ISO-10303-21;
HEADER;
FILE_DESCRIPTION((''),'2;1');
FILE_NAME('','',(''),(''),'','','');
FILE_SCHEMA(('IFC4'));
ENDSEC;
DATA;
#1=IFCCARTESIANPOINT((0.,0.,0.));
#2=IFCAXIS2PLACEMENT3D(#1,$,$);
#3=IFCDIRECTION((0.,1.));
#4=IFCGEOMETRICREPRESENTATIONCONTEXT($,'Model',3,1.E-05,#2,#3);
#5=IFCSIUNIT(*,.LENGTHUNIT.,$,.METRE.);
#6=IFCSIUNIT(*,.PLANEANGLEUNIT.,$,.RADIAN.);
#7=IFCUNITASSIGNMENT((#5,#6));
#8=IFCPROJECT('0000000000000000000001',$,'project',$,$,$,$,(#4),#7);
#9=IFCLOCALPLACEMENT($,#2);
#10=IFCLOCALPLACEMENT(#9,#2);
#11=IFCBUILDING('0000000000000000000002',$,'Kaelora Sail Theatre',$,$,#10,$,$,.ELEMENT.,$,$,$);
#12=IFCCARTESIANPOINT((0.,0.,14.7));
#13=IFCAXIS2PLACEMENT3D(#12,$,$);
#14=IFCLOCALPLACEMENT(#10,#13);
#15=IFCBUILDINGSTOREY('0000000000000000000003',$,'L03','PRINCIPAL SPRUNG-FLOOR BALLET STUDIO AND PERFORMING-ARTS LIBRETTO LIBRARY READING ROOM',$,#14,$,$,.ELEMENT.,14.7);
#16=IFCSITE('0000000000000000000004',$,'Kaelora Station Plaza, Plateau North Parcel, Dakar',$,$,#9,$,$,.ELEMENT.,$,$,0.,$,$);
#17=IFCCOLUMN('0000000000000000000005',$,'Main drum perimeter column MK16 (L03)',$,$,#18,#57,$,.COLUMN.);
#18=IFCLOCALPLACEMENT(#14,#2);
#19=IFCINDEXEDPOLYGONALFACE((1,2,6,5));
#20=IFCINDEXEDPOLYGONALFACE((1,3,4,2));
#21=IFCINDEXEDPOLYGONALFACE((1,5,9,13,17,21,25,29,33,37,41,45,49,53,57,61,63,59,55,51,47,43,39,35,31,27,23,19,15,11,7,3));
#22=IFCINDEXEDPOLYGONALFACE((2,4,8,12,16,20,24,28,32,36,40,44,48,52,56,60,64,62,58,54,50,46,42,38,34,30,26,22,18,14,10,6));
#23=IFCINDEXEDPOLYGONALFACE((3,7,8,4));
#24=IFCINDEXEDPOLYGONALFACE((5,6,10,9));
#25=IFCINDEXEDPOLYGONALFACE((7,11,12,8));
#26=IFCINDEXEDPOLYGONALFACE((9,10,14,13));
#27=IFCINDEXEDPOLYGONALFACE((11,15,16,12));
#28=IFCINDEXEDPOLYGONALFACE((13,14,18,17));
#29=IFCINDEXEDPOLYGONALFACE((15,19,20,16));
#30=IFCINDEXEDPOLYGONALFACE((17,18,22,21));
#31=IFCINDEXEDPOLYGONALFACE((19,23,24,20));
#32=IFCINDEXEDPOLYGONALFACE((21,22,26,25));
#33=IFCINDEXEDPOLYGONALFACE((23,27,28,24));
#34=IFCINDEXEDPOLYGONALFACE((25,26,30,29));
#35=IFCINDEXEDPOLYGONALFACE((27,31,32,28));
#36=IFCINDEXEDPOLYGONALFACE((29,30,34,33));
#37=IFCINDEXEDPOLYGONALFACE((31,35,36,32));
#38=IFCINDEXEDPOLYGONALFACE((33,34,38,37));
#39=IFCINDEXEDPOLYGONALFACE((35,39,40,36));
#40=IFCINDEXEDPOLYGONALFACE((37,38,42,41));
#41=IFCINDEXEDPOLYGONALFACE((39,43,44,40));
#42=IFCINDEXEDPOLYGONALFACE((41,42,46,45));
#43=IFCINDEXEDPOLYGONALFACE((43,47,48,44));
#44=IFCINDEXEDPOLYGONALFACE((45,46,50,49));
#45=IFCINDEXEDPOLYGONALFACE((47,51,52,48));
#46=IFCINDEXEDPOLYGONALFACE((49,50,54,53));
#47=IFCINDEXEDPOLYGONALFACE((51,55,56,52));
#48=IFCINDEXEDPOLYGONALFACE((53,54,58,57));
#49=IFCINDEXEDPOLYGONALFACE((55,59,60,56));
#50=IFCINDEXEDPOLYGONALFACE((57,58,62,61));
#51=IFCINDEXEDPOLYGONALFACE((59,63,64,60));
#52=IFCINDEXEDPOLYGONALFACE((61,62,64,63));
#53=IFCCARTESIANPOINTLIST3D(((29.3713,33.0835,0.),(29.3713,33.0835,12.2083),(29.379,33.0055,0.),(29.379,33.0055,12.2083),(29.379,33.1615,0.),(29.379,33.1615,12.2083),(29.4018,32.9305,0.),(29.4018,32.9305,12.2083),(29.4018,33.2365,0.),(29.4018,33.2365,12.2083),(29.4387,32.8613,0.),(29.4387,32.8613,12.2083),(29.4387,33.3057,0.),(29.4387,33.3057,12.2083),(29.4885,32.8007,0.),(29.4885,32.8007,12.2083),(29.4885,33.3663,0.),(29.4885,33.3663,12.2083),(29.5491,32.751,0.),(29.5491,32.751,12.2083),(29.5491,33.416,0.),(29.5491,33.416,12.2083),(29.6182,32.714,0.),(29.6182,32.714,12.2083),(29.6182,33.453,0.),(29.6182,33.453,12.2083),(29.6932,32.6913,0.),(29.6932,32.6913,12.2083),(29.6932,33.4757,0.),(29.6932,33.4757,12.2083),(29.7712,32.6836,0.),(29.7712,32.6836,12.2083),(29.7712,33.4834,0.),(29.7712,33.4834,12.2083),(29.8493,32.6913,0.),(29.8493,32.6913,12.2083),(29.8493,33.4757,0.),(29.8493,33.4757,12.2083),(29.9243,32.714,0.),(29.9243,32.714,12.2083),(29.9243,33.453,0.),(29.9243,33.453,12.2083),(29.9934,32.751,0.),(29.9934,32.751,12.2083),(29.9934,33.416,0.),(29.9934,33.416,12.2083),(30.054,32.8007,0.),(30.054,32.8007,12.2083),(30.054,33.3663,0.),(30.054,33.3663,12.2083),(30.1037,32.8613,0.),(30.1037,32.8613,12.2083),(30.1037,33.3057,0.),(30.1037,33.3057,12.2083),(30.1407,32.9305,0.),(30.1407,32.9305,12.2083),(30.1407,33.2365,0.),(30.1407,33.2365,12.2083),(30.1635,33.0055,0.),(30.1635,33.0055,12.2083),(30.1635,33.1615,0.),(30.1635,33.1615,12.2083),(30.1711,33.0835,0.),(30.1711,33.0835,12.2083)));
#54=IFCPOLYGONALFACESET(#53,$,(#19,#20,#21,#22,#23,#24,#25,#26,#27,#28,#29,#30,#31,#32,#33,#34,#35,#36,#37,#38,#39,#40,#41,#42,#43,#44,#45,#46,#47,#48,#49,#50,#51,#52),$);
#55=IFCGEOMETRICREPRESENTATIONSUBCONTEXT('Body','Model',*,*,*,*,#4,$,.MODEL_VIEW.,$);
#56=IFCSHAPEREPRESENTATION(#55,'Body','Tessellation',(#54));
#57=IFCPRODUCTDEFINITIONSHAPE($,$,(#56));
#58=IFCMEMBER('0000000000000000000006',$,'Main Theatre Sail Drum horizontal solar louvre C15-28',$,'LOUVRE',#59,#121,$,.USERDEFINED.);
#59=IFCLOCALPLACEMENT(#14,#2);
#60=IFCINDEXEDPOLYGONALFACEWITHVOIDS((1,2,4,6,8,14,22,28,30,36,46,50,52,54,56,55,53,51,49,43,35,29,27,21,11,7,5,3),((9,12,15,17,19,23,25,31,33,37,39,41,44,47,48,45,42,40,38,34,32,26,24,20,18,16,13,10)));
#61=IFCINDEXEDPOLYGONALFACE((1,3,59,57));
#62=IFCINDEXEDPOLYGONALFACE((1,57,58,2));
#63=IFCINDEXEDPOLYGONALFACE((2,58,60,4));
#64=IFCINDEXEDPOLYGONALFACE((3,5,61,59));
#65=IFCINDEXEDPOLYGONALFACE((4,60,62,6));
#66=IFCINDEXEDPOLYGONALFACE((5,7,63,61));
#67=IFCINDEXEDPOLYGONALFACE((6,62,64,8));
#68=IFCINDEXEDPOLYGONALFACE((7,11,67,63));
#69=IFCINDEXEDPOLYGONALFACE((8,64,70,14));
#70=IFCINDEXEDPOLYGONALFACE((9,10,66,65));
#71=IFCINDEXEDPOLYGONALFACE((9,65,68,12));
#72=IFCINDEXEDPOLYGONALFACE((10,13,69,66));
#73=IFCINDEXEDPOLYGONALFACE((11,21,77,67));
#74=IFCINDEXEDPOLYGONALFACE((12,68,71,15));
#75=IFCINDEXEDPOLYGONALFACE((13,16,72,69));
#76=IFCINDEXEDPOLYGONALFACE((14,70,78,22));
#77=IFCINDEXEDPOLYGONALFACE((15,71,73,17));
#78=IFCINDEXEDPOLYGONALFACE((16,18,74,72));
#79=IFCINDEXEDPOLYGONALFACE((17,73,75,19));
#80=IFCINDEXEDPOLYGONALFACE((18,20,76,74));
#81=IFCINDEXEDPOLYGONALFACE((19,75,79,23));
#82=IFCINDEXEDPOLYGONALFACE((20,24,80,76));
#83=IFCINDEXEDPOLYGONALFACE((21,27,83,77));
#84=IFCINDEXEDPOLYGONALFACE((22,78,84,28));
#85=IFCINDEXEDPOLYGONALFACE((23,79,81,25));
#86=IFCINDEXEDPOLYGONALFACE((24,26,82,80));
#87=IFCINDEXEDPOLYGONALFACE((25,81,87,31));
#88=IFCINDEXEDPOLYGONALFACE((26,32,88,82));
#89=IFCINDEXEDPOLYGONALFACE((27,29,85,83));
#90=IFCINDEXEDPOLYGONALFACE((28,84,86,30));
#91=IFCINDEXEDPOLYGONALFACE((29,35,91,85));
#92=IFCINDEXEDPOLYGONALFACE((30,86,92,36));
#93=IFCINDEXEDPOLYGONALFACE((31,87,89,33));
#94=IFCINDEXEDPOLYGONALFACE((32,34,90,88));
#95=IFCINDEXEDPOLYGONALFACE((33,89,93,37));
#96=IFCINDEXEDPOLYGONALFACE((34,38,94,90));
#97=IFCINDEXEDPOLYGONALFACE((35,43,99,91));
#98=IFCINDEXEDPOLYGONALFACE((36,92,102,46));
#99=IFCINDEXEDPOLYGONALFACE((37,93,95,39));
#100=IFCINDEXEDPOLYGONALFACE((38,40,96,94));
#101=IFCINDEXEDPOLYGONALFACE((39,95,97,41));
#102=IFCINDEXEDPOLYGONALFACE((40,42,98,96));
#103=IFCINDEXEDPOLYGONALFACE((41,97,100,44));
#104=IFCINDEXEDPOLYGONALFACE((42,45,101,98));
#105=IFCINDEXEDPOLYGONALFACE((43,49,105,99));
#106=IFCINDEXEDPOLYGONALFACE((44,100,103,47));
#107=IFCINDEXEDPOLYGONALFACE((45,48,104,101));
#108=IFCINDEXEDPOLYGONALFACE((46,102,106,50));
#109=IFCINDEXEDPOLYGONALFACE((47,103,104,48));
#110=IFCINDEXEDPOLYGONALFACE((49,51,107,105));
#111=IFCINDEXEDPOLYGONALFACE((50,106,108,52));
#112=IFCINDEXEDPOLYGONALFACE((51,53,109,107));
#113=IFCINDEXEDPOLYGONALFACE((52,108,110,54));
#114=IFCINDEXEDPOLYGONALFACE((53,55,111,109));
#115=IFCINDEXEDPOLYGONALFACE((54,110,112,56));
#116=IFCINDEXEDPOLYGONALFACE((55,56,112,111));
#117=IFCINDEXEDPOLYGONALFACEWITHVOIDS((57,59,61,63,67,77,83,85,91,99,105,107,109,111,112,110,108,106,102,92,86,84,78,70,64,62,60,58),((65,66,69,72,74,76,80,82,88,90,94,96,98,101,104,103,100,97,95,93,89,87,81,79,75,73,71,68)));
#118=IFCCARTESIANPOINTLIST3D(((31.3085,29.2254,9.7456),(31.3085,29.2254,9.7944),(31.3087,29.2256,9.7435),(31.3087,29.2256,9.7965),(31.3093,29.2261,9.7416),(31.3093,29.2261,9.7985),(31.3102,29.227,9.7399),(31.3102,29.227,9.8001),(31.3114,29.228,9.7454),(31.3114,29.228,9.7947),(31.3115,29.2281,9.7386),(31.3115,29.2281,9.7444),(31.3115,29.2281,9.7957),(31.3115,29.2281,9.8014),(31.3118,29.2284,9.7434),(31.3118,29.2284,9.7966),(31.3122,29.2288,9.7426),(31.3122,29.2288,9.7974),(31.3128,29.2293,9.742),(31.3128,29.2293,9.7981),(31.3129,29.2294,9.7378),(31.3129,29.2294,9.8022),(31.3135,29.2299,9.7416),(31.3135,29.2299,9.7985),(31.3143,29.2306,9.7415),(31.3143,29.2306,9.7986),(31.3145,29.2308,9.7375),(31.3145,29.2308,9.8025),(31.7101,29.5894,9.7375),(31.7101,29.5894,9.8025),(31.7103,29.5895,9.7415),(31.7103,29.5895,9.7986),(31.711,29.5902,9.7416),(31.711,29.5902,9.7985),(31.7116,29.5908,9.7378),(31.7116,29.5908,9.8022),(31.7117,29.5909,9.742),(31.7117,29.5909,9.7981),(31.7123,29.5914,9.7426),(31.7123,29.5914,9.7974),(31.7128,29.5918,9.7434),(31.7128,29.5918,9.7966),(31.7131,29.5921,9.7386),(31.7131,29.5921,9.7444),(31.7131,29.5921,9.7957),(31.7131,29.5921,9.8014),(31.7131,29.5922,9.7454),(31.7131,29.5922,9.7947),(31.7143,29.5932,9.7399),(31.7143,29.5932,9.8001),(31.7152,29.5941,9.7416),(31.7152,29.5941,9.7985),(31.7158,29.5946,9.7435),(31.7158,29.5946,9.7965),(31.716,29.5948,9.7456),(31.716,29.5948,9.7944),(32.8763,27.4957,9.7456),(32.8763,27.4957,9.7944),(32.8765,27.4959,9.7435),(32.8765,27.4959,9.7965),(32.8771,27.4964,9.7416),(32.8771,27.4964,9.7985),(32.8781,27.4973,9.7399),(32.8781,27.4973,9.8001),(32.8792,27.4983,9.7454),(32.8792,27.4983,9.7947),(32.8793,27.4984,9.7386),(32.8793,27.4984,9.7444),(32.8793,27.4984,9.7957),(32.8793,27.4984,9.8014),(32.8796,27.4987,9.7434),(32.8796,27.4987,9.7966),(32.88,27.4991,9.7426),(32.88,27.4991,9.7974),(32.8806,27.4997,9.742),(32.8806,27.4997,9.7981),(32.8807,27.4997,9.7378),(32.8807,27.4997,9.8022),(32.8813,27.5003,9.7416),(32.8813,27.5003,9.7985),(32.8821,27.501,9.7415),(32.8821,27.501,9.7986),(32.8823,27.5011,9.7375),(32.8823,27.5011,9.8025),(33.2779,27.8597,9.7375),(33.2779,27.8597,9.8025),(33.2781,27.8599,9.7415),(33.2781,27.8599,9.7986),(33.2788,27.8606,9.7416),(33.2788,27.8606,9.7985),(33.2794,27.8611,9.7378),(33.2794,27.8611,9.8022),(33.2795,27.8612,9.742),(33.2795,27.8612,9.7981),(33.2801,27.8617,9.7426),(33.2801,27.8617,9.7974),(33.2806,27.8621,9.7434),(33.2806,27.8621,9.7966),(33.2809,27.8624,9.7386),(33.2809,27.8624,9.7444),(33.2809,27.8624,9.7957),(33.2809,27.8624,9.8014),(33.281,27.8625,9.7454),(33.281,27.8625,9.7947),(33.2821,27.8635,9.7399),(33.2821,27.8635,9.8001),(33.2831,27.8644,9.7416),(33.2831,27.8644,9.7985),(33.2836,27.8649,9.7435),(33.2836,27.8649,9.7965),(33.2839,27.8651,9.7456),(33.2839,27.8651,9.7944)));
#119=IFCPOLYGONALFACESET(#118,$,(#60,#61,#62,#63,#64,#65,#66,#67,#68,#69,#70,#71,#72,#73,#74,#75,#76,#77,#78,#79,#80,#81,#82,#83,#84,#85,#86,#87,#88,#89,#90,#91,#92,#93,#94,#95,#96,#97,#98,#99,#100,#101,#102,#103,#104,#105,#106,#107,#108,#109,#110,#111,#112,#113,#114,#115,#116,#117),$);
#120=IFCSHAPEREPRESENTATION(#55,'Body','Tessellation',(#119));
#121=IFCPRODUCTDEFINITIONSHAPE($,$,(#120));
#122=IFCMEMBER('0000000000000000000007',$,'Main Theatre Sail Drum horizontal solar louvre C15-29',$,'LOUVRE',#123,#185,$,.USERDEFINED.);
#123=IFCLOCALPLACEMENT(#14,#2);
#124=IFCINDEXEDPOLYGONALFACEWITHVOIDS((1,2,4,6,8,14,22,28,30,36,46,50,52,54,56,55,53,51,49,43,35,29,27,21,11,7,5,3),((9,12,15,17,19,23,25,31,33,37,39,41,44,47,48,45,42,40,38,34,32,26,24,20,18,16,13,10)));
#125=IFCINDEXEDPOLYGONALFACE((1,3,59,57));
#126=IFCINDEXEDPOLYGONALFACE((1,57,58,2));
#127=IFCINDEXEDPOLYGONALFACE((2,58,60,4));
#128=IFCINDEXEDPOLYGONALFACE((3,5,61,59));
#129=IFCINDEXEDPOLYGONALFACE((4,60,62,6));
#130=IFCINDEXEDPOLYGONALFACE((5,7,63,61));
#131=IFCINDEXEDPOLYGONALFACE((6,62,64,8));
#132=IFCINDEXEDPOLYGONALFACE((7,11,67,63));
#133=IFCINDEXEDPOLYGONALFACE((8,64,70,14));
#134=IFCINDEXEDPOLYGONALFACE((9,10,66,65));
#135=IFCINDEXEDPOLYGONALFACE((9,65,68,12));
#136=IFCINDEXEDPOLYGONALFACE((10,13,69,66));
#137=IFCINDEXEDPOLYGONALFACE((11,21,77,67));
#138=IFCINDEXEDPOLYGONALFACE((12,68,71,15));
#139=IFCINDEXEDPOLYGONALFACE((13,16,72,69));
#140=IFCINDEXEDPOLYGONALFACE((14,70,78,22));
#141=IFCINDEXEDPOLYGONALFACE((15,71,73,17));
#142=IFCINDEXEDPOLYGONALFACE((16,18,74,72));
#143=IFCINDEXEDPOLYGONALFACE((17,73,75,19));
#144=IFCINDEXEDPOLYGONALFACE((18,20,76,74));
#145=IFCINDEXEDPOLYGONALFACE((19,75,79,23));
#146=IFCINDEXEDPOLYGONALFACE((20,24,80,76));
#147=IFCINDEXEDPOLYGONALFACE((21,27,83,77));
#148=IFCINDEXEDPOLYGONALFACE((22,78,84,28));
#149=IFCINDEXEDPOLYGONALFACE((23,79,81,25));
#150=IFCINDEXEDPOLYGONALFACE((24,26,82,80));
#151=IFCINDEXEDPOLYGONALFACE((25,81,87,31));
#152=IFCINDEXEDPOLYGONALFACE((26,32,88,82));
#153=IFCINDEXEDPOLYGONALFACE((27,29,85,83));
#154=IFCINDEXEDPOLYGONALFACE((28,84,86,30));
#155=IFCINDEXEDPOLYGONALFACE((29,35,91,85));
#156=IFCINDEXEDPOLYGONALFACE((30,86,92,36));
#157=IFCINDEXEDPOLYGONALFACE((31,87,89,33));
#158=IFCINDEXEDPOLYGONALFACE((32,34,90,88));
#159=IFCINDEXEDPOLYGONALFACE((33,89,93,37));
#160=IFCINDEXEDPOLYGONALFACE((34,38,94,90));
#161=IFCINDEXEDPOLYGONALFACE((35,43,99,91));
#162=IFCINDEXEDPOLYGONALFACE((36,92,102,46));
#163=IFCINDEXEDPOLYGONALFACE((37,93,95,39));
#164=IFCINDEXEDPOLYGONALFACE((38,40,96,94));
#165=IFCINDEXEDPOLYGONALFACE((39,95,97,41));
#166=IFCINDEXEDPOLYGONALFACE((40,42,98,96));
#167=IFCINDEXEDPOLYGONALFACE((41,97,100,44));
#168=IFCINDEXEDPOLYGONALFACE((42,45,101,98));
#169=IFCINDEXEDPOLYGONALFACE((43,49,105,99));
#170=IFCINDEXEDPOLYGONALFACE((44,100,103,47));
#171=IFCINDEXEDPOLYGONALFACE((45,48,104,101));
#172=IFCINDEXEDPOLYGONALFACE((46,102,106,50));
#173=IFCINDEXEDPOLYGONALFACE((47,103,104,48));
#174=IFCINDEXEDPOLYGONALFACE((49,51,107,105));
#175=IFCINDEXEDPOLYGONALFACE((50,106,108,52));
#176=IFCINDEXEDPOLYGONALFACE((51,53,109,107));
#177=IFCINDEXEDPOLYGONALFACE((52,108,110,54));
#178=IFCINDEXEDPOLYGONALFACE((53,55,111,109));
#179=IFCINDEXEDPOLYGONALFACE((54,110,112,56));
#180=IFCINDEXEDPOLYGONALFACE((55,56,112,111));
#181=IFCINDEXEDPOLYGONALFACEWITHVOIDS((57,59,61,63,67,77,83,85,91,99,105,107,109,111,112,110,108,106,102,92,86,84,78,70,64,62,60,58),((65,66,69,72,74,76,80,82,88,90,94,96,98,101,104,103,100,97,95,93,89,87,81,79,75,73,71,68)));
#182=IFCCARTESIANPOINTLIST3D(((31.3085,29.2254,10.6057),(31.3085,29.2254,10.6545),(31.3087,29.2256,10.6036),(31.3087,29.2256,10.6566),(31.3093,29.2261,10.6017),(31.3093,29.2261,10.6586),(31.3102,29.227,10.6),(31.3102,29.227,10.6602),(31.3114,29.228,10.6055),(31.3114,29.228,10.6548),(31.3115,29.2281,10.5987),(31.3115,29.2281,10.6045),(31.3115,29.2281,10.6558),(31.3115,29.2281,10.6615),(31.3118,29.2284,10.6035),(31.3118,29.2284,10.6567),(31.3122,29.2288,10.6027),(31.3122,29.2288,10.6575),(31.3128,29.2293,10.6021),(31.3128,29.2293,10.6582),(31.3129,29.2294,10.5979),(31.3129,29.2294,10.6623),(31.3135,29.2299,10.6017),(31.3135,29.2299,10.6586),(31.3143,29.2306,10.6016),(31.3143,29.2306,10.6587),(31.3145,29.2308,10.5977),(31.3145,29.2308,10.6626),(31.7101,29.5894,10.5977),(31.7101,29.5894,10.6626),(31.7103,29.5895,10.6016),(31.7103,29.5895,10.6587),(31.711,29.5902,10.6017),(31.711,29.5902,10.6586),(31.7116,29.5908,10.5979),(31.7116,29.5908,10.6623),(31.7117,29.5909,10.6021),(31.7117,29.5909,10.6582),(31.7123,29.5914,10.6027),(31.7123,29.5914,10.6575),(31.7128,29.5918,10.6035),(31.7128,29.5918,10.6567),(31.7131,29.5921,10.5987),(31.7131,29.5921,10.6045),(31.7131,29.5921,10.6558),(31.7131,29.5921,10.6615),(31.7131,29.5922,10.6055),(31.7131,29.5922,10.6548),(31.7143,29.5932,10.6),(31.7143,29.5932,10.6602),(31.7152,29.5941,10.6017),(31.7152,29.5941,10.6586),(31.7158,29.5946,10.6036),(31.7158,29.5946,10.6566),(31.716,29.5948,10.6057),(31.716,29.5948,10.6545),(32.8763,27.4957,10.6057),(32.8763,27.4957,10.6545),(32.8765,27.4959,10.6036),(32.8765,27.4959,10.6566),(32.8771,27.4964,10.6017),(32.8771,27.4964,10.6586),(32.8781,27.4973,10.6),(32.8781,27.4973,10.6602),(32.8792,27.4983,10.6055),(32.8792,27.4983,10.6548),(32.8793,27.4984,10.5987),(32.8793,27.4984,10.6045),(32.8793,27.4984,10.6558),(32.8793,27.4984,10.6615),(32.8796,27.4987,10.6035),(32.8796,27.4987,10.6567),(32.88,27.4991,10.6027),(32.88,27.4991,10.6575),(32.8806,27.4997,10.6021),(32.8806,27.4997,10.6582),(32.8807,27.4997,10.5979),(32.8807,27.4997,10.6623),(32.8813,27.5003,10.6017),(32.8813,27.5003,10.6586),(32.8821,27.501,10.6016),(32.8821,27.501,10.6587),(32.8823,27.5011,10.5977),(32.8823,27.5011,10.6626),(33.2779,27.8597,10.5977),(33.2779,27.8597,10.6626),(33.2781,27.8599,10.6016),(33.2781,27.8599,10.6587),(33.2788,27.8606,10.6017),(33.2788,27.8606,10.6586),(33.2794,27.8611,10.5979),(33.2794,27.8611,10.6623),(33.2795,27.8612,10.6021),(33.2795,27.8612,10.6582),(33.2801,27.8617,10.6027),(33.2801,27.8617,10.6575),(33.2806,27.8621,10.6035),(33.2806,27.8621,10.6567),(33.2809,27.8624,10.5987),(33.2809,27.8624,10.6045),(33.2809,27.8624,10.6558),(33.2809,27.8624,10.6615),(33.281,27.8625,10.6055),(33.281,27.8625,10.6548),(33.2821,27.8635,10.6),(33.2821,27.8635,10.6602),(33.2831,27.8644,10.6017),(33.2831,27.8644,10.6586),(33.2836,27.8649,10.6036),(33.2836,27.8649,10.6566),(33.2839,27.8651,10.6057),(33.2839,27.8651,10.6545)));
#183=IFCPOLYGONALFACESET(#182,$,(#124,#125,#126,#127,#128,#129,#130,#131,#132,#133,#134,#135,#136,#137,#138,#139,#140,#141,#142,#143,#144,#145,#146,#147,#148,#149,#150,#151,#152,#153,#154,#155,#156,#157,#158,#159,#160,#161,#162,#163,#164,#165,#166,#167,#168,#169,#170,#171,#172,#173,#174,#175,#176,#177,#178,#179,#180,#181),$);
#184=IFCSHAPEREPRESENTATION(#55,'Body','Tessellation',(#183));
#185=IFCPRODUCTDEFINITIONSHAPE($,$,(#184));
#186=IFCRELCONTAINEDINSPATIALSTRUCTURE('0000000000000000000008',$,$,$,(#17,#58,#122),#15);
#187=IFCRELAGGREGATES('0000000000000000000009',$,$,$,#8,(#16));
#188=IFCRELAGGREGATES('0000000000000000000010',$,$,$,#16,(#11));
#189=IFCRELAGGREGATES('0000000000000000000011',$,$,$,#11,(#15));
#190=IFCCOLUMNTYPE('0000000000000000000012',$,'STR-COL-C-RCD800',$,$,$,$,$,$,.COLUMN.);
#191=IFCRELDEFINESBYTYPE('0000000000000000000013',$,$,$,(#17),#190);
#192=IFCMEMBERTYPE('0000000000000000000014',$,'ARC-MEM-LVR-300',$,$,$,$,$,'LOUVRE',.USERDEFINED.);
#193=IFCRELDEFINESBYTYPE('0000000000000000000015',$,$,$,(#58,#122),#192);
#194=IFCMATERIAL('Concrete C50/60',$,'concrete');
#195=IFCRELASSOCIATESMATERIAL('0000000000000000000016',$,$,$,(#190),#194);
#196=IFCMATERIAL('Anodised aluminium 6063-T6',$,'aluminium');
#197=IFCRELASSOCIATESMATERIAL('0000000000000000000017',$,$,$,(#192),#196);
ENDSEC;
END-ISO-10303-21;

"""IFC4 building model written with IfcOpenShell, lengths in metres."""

from ifc_helpers import new_model, si_unit, direction, frame, origin, origin_2d, place, context, subcontext, project, spatial, hollow_rectangle, circle, extrude, material, material_profile, profile_set, type_object, element, save


model = new_model("IFC4")

# Units and contexts
model_context = context("Model", 3, precision=1e-05, world=origin(), true_north=direction((0.0, 1.0)))
body_context = subcontext(model_context, "Body", "Model", "MODEL_VIEW")
ifc_project = project(units=[si_unit("LENGTHUNIT", "METRE"), si_unit("PLANEANGLEUNIT", "RADIAN")], contexts=[model_context])

# Site, building, storey
site_placement = place(None, origin())
site = spatial("IfcSite", under=ifc_project, at=site_placement, Name="Kaelora Station Plaza, Plateau North Parcel, Dakar", CompositionType="ELEMENT", RefElevation=0.0)
building_placement = place(site_placement, origin())
building = spatial("IfcBuilding", under=site, at=building_placement, Name="Kaelora Sail Theatre", CompositionType="ELEMENT")
storey_placement = place(building_placement, frame((0.0, 0.0, 14.7)))
storey = spatial("IfcBuildingStorey", under=building, at=storey_placement, Name="L03", Description="PRINCIPAL SPRUNG-FLOOR BALLET STUDIO AND PERFORMING-ARTS LIBRETTO LIBRARY READING ROOM", CompositionType="ELEMENT", Elevation=14.7)

# Column
ifc_material_1 = material(Name="Concrete C50/60", Category="concrete")
ifc_material_profile_1 = material_profile(ifc_material_1, circle(Radius=0.3999, at=origin_2d()), Name="RC-CCOL D800")
ifc_profile_set_1 = profile_set([ifc_material_profile_1], Name="Concrete C50/60")
column_type = type_object("IfcColumnType", Name="STR-COL-C-RCD800", PredefinedType="COLUMN", material=ifc_profile_set_1)
column_placement = place(storey_placement, frame((29.7712, 33.0835, 0.0), z_axis=(0.0, 0.0, 1.0), x_axis=(1.0, 0.0, 0.0)))
element("IfcColumn", 1, at=column_placement, inside=storey, type_object=column_type, Name="Main drum perimeter column MK16 (L03)", PredefinedType="COLUMN", context=body_context, shape_type="SweptSolid", body=[
    extrude(circle(Radius=0.3999, at=origin_2d()), origin(), (0.0, 0.0, 1.0), 12.2083),
])

# Members
ifc_material_2 = material(Name="Anodised aluminium 6063-T6", Category="aluminium")
ifc_material_profile_2 = material_profile(ifc_material_2, hollow_rectangle(XDim=0.55, YDim=0.0649, WallThickness=0.0039, InnerFilletRadius=0.0039, OuterFilletRadius=0.0081, at=origin_2d()), Name="LOUVRE 550x65x4")
ifc_profile_set_2 = profile_set([ifc_material_profile_2], Name="Anodised aluminium 6063-T6")
member_type = type_object("IfcMemberType", Name="ARC-MEM-LVR-300", ElementType="LOUVRE", PredefinedType="USERDEFINED", material=ifc_profile_set_2)
for number, where, z_axis, x_axis, name in (
    (2, (33.0801, 27.6804, 9.77), (-0.671589, 0.740924, 0.0), (-0.740924, -0.671589, 0.0), "Main Theatre Sail Drum horizontal solar louvre C15-28"),
    (3, (33.0801, 27.6804, 10.6301), (-0.671589, 0.740924, 0.0), (-0.740924, -0.671589, 0.0), "Main Theatre Sail Drum horizontal solar louvre C15-29"),
):
    element("IfcMember", number, at=place(storey_placement, frame(where, z_axis=z_axis, x_axis=x_axis)), inside=storey, type_object=member_type, Name=name, ObjectType="LOUVRE", PredefinedType="USERDEFINED", context=body_context, shape_type="SweptSolid", body=[
        extrude(hollow_rectangle(XDim=0.55, YDim=0.0649, WallThickness=0.0039, InnerFilletRadius=0.0039, OuterFilletRadius=0.0081, at=origin_2d()), origin(), (0.0, 0.0, 1.0), 2.3345),
    ])

save(model, "model.ifc")
